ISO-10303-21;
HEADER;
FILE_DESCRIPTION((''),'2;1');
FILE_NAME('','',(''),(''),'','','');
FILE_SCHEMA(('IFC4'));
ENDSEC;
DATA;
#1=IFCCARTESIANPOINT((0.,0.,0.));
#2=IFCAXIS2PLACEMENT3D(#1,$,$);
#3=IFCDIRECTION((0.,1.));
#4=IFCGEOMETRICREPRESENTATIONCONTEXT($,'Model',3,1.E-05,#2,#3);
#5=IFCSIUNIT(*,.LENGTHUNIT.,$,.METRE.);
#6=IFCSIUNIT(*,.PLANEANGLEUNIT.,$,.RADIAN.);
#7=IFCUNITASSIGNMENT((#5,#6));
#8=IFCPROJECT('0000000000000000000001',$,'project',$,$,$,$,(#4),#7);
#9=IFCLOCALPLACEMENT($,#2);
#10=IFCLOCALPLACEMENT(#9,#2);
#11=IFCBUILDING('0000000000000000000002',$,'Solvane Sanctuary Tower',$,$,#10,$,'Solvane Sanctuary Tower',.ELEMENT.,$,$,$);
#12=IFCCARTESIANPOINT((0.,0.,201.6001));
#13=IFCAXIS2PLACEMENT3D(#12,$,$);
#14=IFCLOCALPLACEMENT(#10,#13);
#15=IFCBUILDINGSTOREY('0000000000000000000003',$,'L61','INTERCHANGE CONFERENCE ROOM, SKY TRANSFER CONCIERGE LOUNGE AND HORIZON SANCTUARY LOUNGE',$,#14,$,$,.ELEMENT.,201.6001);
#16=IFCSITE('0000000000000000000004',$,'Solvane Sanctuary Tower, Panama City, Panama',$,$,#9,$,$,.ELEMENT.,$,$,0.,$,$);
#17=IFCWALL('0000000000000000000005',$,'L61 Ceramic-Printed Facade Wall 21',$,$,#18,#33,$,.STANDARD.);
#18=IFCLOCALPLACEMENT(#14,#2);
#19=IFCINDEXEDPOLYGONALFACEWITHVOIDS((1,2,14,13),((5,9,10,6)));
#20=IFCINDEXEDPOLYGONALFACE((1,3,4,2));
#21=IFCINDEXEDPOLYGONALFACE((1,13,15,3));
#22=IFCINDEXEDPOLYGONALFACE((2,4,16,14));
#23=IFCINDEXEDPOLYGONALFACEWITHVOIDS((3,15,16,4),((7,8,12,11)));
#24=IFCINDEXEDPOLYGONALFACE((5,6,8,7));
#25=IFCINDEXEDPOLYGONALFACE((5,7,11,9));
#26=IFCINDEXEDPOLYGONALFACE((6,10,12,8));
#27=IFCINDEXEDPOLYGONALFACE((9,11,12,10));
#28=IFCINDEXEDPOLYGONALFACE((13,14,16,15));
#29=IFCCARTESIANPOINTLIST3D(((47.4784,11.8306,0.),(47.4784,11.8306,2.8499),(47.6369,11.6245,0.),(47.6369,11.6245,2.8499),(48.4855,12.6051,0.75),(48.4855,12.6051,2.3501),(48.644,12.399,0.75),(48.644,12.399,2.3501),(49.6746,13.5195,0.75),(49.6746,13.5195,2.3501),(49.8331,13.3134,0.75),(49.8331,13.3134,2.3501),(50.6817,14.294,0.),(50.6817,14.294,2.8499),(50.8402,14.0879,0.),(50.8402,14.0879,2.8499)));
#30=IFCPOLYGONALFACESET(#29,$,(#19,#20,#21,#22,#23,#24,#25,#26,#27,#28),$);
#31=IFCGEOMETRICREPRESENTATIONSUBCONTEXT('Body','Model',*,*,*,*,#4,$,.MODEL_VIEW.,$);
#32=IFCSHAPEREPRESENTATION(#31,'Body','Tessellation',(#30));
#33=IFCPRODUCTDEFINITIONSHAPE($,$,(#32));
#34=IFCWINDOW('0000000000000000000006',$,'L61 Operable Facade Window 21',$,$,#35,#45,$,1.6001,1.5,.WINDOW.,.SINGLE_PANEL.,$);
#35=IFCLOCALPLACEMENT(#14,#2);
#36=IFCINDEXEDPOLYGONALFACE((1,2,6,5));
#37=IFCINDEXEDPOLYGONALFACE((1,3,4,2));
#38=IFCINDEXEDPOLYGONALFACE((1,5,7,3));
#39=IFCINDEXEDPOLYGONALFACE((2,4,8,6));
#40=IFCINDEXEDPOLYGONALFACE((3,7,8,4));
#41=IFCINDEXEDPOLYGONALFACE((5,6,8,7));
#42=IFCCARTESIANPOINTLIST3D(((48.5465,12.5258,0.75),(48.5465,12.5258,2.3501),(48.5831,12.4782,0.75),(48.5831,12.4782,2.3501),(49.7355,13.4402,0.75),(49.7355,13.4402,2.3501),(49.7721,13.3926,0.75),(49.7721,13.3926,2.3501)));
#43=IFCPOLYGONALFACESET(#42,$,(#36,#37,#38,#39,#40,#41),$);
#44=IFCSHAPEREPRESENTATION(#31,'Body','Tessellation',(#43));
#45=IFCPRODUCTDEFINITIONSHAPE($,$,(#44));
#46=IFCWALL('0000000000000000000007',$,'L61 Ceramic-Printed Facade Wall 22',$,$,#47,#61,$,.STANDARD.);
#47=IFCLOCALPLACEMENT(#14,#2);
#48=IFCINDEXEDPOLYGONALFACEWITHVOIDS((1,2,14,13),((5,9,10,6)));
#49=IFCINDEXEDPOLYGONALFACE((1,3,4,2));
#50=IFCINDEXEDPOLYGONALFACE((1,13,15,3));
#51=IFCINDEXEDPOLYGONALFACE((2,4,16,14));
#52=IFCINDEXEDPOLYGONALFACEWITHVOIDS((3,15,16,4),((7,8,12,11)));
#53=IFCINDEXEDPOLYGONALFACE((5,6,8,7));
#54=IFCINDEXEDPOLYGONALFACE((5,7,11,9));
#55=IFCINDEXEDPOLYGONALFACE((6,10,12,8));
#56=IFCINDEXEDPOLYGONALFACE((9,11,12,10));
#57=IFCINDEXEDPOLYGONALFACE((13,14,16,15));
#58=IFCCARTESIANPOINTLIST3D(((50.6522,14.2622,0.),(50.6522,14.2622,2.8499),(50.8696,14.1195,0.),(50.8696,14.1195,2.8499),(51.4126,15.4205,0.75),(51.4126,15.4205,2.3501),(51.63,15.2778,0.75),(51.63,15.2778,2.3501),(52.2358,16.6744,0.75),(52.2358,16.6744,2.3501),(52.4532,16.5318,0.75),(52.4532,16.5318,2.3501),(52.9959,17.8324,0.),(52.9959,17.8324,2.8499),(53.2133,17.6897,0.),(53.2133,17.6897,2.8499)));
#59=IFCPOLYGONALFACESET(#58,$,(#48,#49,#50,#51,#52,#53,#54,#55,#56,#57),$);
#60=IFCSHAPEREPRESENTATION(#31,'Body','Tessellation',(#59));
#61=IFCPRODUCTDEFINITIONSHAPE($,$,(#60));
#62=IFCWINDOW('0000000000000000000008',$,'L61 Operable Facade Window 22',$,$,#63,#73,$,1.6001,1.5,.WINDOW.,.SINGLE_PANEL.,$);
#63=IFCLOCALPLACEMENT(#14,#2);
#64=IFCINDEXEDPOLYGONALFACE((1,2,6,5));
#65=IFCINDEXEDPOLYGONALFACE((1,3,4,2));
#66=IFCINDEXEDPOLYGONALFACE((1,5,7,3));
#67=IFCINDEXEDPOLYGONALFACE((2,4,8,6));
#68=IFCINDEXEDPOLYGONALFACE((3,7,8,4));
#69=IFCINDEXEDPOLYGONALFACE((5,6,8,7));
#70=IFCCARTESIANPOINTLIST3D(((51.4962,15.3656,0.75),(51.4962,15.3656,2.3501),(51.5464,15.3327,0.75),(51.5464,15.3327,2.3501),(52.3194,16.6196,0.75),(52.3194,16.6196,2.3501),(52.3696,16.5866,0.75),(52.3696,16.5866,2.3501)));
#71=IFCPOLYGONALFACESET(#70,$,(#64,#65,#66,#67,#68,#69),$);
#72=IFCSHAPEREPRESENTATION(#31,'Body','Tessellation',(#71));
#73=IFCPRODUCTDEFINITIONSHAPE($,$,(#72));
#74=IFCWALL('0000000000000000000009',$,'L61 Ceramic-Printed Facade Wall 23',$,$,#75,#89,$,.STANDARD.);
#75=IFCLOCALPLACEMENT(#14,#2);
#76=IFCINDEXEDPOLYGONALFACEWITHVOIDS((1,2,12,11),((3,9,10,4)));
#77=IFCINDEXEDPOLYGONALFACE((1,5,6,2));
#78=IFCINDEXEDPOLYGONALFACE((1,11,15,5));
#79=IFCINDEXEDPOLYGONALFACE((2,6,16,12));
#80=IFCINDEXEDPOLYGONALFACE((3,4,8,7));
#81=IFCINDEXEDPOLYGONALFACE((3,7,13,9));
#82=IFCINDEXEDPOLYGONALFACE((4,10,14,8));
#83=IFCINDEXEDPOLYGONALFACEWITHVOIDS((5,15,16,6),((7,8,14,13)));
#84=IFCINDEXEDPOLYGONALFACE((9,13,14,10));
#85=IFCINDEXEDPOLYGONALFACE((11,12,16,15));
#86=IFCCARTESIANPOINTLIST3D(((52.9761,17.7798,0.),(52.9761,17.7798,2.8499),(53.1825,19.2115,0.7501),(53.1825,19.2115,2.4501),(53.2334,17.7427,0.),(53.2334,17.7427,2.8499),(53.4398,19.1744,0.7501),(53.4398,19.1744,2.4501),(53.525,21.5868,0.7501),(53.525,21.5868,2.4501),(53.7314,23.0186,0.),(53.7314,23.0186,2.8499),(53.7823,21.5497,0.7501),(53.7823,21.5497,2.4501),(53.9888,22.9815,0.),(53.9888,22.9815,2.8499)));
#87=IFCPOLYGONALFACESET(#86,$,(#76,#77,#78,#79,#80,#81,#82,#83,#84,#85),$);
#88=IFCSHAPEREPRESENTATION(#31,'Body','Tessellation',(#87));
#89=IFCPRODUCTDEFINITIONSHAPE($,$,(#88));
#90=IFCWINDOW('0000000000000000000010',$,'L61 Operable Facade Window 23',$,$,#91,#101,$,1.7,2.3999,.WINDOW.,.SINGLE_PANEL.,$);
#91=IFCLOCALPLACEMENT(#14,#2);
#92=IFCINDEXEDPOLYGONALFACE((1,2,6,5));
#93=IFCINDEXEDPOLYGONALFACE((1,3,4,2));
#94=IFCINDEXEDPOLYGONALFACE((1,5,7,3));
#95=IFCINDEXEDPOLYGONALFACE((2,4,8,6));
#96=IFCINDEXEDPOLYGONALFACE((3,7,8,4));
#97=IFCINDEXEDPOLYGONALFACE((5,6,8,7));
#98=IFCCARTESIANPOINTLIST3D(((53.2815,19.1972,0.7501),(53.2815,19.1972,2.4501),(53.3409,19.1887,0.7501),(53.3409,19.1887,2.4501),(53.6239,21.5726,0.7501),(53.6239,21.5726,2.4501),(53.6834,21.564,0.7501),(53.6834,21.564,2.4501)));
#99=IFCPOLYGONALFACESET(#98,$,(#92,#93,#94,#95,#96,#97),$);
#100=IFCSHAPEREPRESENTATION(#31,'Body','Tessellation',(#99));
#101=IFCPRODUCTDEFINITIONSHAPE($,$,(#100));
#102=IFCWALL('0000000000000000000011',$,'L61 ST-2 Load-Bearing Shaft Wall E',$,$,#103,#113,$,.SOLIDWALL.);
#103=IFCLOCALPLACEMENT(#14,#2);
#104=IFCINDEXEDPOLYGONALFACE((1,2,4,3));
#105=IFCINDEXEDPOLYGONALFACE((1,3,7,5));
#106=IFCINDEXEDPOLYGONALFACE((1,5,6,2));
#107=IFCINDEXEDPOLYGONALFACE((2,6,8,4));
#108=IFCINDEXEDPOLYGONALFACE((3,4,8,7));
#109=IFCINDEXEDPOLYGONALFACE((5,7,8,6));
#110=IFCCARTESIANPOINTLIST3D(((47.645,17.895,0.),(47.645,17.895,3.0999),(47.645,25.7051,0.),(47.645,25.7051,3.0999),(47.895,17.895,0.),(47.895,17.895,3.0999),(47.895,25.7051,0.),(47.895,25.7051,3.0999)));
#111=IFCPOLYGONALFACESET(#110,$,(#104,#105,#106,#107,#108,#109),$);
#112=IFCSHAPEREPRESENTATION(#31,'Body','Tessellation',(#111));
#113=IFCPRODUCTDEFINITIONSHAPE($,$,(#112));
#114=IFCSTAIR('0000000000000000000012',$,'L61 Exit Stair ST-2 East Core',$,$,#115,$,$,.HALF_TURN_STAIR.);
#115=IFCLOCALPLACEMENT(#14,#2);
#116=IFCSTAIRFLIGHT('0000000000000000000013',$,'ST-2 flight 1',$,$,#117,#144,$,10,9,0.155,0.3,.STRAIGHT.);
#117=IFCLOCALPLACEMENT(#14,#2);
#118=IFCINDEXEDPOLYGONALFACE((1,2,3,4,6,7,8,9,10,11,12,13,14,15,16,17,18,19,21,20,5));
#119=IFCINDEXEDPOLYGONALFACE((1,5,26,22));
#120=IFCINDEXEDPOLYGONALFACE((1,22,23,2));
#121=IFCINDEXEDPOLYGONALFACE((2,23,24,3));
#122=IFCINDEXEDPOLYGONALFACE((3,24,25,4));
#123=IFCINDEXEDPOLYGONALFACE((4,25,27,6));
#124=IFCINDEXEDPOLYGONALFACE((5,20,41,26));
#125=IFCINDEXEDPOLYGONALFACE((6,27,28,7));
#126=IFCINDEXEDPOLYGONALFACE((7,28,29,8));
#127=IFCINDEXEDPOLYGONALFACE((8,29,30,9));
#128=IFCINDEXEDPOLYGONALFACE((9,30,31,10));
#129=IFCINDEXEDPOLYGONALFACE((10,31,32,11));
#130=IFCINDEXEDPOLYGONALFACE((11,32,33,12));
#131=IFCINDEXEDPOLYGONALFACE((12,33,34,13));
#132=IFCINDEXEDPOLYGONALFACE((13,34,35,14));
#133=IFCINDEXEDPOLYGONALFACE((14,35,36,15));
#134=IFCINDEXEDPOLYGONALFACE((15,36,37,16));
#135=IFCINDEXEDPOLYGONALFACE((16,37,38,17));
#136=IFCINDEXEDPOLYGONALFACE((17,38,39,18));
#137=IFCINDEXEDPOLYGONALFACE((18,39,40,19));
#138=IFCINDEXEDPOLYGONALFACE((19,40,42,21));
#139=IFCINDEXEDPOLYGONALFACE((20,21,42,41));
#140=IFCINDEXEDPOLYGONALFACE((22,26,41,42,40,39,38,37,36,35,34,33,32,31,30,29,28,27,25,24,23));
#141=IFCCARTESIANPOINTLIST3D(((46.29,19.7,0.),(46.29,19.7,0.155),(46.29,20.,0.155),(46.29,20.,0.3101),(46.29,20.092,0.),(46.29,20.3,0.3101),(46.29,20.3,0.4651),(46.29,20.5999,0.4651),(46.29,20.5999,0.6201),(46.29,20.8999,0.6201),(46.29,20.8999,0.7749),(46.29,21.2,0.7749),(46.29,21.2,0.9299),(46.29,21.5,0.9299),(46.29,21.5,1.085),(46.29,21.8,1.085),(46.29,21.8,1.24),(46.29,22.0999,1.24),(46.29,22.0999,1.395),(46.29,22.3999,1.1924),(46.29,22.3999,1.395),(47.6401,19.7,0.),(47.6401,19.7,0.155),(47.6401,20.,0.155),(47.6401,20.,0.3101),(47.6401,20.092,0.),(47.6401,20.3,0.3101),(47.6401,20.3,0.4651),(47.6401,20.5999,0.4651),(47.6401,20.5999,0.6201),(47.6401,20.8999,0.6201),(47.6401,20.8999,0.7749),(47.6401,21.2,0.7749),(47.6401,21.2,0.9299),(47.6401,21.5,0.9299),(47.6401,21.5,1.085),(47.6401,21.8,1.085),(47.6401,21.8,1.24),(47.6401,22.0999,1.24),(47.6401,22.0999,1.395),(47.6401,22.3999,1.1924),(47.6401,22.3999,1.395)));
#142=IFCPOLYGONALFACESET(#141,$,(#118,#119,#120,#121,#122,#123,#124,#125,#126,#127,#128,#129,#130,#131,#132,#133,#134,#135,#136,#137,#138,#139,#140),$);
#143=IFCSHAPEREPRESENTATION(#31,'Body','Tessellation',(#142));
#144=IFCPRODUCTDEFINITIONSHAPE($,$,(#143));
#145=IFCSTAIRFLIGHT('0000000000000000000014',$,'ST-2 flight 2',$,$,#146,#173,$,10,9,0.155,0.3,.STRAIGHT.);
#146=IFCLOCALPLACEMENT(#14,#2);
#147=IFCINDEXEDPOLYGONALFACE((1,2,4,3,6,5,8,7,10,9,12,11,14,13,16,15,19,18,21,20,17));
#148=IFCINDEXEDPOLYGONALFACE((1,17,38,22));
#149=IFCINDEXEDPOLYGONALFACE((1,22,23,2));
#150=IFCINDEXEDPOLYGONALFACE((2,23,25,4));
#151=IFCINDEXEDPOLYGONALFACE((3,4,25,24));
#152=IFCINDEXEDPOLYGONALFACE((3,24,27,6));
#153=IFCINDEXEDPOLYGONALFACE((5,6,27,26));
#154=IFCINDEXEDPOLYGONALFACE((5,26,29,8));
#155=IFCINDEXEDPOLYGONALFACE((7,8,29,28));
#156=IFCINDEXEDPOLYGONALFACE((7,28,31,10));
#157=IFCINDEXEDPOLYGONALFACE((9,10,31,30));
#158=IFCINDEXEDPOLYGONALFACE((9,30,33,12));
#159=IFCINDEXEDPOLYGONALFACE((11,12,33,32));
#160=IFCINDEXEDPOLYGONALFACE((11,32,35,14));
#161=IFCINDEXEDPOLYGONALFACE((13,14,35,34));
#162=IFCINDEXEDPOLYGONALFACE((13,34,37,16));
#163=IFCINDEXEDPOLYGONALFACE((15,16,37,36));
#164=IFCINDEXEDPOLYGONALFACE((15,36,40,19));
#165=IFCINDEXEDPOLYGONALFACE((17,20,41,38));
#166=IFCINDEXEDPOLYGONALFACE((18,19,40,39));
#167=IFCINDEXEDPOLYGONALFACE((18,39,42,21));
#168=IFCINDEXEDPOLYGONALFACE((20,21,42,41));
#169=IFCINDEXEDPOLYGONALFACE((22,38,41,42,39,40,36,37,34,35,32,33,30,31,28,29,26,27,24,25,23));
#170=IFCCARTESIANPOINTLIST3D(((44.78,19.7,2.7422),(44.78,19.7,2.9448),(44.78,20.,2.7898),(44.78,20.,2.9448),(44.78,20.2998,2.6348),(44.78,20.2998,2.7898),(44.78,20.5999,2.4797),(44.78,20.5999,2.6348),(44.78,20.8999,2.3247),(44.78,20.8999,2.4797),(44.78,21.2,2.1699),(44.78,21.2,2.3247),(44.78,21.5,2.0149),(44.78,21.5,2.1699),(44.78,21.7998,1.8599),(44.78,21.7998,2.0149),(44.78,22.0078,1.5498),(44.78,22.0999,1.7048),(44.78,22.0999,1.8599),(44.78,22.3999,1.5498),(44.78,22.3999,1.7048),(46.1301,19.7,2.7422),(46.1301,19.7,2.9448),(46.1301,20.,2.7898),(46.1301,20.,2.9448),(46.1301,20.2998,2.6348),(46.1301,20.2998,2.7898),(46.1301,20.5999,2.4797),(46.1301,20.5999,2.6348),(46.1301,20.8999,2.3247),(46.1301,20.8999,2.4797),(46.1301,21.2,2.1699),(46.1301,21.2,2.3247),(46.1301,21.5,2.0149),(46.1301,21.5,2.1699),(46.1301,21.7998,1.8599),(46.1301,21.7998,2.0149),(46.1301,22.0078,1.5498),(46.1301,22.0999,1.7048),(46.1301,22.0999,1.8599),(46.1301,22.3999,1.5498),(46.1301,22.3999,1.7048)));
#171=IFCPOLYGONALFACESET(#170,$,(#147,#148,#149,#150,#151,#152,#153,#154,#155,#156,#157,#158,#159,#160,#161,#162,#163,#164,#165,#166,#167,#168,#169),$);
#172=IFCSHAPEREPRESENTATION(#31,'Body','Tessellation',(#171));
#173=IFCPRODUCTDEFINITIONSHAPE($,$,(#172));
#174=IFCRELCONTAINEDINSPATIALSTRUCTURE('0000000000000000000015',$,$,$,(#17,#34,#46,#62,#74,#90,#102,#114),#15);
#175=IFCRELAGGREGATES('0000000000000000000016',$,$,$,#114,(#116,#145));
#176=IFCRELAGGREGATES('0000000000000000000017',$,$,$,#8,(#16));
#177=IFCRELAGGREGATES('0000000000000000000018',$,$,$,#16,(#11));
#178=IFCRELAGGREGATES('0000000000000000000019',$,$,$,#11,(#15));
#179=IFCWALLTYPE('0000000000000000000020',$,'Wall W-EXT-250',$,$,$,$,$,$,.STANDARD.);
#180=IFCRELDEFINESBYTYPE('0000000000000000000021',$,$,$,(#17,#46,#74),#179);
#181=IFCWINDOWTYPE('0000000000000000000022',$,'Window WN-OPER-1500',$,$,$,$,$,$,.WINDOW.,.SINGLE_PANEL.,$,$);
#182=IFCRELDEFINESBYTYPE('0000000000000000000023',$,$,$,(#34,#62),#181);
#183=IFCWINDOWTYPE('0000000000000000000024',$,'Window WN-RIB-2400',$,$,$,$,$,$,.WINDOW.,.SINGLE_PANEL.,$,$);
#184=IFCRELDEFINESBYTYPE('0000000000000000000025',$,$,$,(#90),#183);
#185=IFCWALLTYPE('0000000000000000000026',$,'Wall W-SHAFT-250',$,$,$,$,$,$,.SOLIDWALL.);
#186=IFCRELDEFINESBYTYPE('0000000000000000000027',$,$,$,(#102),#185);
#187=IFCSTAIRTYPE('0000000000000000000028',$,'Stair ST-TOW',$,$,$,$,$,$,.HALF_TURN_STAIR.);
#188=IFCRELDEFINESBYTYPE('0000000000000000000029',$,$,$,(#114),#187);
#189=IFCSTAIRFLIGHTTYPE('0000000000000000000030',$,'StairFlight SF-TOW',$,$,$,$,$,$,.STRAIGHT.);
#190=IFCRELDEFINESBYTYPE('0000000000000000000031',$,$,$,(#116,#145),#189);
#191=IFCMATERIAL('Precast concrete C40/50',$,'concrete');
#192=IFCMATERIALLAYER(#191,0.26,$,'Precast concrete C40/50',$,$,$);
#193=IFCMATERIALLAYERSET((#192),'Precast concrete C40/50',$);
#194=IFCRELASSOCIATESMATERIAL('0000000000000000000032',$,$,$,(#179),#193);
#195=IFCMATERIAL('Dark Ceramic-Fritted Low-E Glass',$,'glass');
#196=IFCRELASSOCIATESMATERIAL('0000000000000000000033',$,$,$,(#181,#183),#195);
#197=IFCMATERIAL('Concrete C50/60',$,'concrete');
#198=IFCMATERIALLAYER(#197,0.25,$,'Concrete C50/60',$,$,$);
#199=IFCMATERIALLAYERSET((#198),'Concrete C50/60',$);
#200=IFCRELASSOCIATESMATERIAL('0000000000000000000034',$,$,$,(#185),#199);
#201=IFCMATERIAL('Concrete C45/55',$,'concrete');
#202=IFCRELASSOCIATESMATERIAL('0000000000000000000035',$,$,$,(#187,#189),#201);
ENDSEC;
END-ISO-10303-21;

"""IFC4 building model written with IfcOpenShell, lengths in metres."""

from ifc_helpers import new_model, si_unit, direction, frame, frame_2d, origin, place, context, subcontext, project, spatial, polyline, rectangle, outline, extrude, material, layer, layer_set, type_object, element, fill, aggregate, save


model = new_model("IFC4")

# Units and contexts
model_context = context("Model", 3, precision=1e-05, world=origin(), true_north=direction((0.0, 1.0)))
body_context = subcontext(model_context, "Body", "Model", "MODEL_VIEW")
ifc_project = project(units=[si_unit("LENGTHUNIT", "METRE"), si_unit("PLANEANGLEUNIT", "RADIAN")], contexts=[model_context])

# Site, building, storey
site_placement = place(None, origin())
site = spatial("IfcSite", under=ifc_project, at=site_placement, Name="Solvane Sanctuary Tower, Panama City, Panama", CompositionType="ELEMENT", RefElevation=0.0)
building_placement = place(site_placement, origin())
building = spatial("IfcBuilding", under=site, at=building_placement, Name="Solvane Sanctuary Tower", LongName="Solvane Sanctuary Tower", CompositionType="ELEMENT")
storey_placement = place(building_placement, frame((0.0, 0.0, 201.6001)))
storey = spatial("IfcBuildingStorey", under=building, at=storey_placement, Name="L61", Description="INTERCHANGE CONFERENCE ROOM, SKY TRANSFER CONCIERGE LOUNGE AND HORIZON SANCTUARY LOUNGE", CompositionType="ELEMENT", Elevation=201.6001)

# Shared definitions
ifc_material_1 = material(Name="Concrete C50/60", Category="concrete")

# Walls, openings, windows
ifc_material_2 = material(Name="Precast concrete C40/50", Category="concrete")
ifc_layer_1 = layer(ifc_material_2, 0.26, Name="Precast concrete C40/50")
ifc_layer_set_1 = layer_set([ifc_layer_1], Name="Precast concrete C40/50")
wall_type_1 = type_object("IfcWallType", Name="Wall W-EXT-250", PredefinedType="STANDARD", material=ifc_layer_set_1)
ifc_material_3 = material(Name="Dark Ceramic-Fritted Low-E Glass", Category="glass")
window_type_1 = type_object("IfcWindowType", Name="Window WN-OPER-1500", PartitioningType="SINGLE_PANEL", PredefinedType="WINDOW", material=ifc_material_3)
wall_1_placement = place(storey_placement, frame((47.5576, 11.7275, 0.0), z_axis=(0.0, 0.0, 1.0), x_axis=(0.792714, 0.609594, 0.0)))
wall_1 = element("IfcWall", 1, at=wall_1_placement, inside=storey, type_object=wall_type_1, Name="L61 Ceramic-Printed Facade Wall 21", PredefinedType="STANDARD", context=body_context, shape_type="SweptSolid", body=[
    extrude(rectangle(XDim=4.041, YDim=0.26, at=frame_2d((2.0205, 0.0))), origin(), (0.0, 0.0, 1.0), 2.8499),
])
opening_1_placement = place(wall_1_placement, frame((1.2705, 0.0, 0.75)))
opening_1 = element("IfcOpeningElement", 2, at=opening_1_placement, cuts=wall_1, PredefinedType="OPENING", context=body_context, shape_type="SweptSolid", body=[
    extrude(rectangle(XDim=1.5, YDim=1.6001, at=frame_2d((0.75, 0.8))), frame((0.0, 0.1399, 0.0), z_axis=(0.0, -1.0, 0.0), x_axis=(1.0, 0.0, 0.0)), (0.0, 0.0, 1.0), 0.28),
])
window_1_placement = place(opening_1_placement, origin())
window_1 = element("IfcWindow", 3, at=window_1_placement, inside=storey, type_object=window_type_1, Name="L61 Operable Facade Window 21", OverallHeight=1.6001, OverallWidth=1.5, PartitioningType="SINGLE_PANEL", PredefinedType="WINDOW", context=body_context, shape_type="SweptSolid", body=[
    extrude(rectangle(XDim=1.5, YDim=1.6001, at=frame_2d((0.75, 0.8))), frame((0.0, 0.03, 0.0), z_axis=(0.0, -1.0, 0.0), x_axis=(1.0, 0.0, 0.0)), (0.0, 0.0, 1.0), 0.0601),
])
fill(opening_1, window_1)
wall_2_placement = place(storey_placement, frame((50.761, 14.1909, 0.0), z_axis=(0.0, 0.0, 1.0), x_axis=(0.548776, 0.835969, 0.0)))
wall_2 = element("IfcWall", 4, at=wall_2_placement, inside=storey, type_object=wall_type_1, Name="L61 Ceramic-Printed Facade Wall 22", PredefinedType="STANDARD", context=body_context, shape_type="SweptSolid", body=[
    extrude(rectangle(XDim=4.2708, YDim=0.26, at=frame_2d((2.1353, 0.0))), origin(), (0.0, 0.0, 1.0), 2.8499),
])
opening_2_placement = place(wall_2_placement, frame((1.3855, 0.0, 0.75)))
opening_2 = element("IfcOpeningElement", 5, at=opening_2_placement, cuts=wall_2, PredefinedType="OPENING", context=body_context, shape_type="SweptSolid", body=[
    extrude(rectangle(XDim=1.5, YDim=1.6001, at=frame_2d((0.75, 0.8))), frame((0.0, 0.1399, 0.0), z_axis=(0.0, -1.0, 0.0), x_axis=(1.0, 0.0, 0.0)), (0.0, 0.0, 1.0), 0.28),
])
window_2_placement = place(opening_2_placement, origin())
window_2 = element("IfcWindow", 6, at=window_2_placement, inside=storey, type_object=window_type_1, Name="L61 Operable Facade Window 22", OverallHeight=1.6001, OverallWidth=1.5, PartitioningType="SINGLE_PANEL", PredefinedType="WINDOW", context=body_context, shape_type="SweptSolid", body=[
    extrude(rectangle(XDim=1.5, YDim=1.6001, at=frame_2d((0.75, 0.8))), frame((0.0, 0.03, 0.0), z_axis=(0.0, -1.0, 0.0), x_axis=(1.0, 0.0, 0.0)), (0.0, 0.0, 1.0), 0.0601),
])
fill(opening_2, window_2)
wall_3_placement = place(storey_placement, frame((53.1047, 17.7612, 0.0), z_axis=(0.0, 0.0, 1.0), x_axis=(0.142713, 0.989764, 0.0)))
wall_3 = element("IfcWall", 7, at=wall_3_placement, inside=storey, type_object=wall_type_1, Name="L61 Ceramic-Printed Facade Wall 23", PredefinedType="STANDARD", context=body_context, shape_type="SweptSolid", body=[
    extrude(rectangle(XDim=5.293, YDim=0.26, at=frame_2d((2.6465, 0.0))), origin(), (0.0, 0.0, 1.0), 2.8499),
])
opening_3_placement = place(wall_3_placement, frame((1.4465, 0.0, 0.75)))
opening_3 = element("IfcOpeningElement", 8, at=opening_3_placement, cuts=wall_3, PredefinedType="OPENING", context=body_context, shape_type="SweptSolid", body=[
    extrude(rectangle(XDim=2.3999, YDim=1.7, at=frame_2d((1.2, 0.8501))), frame((0.0, 0.1399, 0.0), z_axis=(0.0, -1.0, 0.0), x_axis=(1.0, 0.0, 0.0)), (0.0, 0.0, 1.0), 0.28),
])
window_type_2 = type_object("IfcWindowType", Name="Window WN-RIB-2400", PartitioningType="SINGLE_PANEL", PredefinedType="WINDOW", material=ifc_material_3)
window_3_placement = place(opening_3_placement, origin())
window_3 = element("IfcWindow", 9, at=window_3_placement, inside=storey, type_object=window_type_2, Name="L61 Operable Facade Window 23", OverallHeight=1.7, OverallWidth=2.3999, PartitioningType="SINGLE_PANEL", PredefinedType="WINDOW", context=body_context, shape_type="SweptSolid", body=[
    extrude(rectangle(XDim=2.3999, YDim=1.7, at=frame_2d((1.2, 0.8501))), frame((0.0, 0.03, 0.0), z_axis=(0.0, -1.0, 0.0), x_axis=(1.0, 0.0, 0.0)), (0.0, 0.0, 1.0), 0.0601),
])
fill(opening_3, window_3)

# Wall
ifc_layer_2 = layer(ifc_material_1, 0.25, Name="Concrete C50/60")
ifc_layer_set_2 = layer_set([ifc_layer_2], Name="Concrete C50/60")
wall_type_2 = type_object("IfcWallType", Name="Wall W-SHAFT-250", PredefinedType="SOLIDWALL", material=ifc_layer_set_2)
wall_4_placement = place(storey_placement, frame((47.77, 17.895, 0.0), z_axis=(0.0, 0.0, 1.0), x_axis=(0.0, 1.0, 0.0)))
element("IfcWall", 10, at=wall_4_placement, inside=storey, type_object=wall_type_2, Name="L61 ST-2 Load-Bearing Shaft Wall E", PredefinedType="SOLIDWALL", context=body_context, shape_type="SweptSolid", body=[
    extrude(rectangle(XDim=7.8101, YDim=0.25, at=frame_2d((3.905, 0.0))), origin(), (0.0, 0.0, 1.0), 3.0999),
])

# Stair, stair flights
ifc_material_4 = material(Name="Concrete C45/55", Category="concrete")
stair_type = type_object("IfcStairType", Name="Stair ST-TOW", PredefinedType="HALF_TURN_STAIR", material=ifc_material_4)
stair_placement = place(storey_placement, origin())
stair = element("IfcStair", 11, at=stair_placement, inside=storey, type_object=stair_type, Name="L61 Exit Stair ST-2 East Core", PredefinedType="HALF_TURN_STAIR")
stair_flight_type = type_object("IfcStairFlightType", Name="StairFlight SF-TOW", PredefinedType="STRAIGHT", material=ifc_material_4)
stair_flight_1_placement = place(storey_placement, frame((46.9651, 19.7, 0.0), z_axis=(0.0, 0.0, 1.0), x_axis=(0.0, 1.0, 0.0)))
stair_flight_1 = element("IfcStairFlight", 12, at=stair_flight_1_placement, type_object=stair_flight_type, Name="ST-2 flight 1", NumberOfRisers=10, NumberOfTreads=9, PredefinedType="STRAIGHT", RiserHeight=0.155, TreadLength=0.3, context=body_context, shape_type="SweptSolid", body=[
    extrude(outline(polyline([(0.0, 0.0), (0.0, 0.155), (0.3, 0.155), (0.3, 0.3101), (0.6001, 0.3101), (0.6001, 0.4651), (0.8999, 0.4651), (0.8999, 0.6201), (1.2, 0.6201), (1.2, 0.7749), (1.5, 0.7749), (1.5, 0.9299), (1.8, 0.9299), (1.8, 1.085), (2.1001, 1.085), (2.1001, 1.24), (2.3999, 1.24), (2.3999, 1.395), (2.7, 1.395), (2.7, 1.55), (2.7, 1.1924), (0.3921, 0.0), (0.0, 0.0)])), frame((0.0, 0.675, 0.0), z_axis=(0.0, -1.0, 0.0), x_axis=(1.0, 0.0, 0.0)), (0.0, 0.0, 1.0), 1.3501),
])
stair_flight_2_placement = place(storey_placement, frame((45.4551, 22.3999, 1.5498), z_axis=(0.0, 0.0, 1.0), x_axis=(0.0, -1.0, 0.0)))
stair_flight_2 = element("IfcStairFlight", 13, at=stair_flight_2_placement, type_object=stair_flight_type, Name="ST-2 flight 2", NumberOfRisers=10, NumberOfTreads=9, PredefinedType="STRAIGHT", RiserHeight=0.155, TreadLength=0.3, context=body_context, shape_type="SweptSolid", body=[
    extrude(outline(polyline([(0.0, 0.0), (0.0, 0.155), (0.3, 0.155), (0.3, 0.3101), (0.6001, 0.3101), (0.6001, 0.4651), (0.8999, 0.4651), (0.8999, 0.6201), (1.2, 0.6201), (1.2, 0.7749), (1.5, 0.7749), (1.5, 0.9299), (1.8, 0.9299), (1.8, 1.085), (2.1001, 1.085), (2.1001, 1.24), (2.3999, 1.24), (2.3999, 1.395), (2.7, 1.395), (2.7, 1.55), (2.7, 1.1924), (0.3921, 0.0), (0.0, 0.0)])), frame((0.0, 0.675, 0.0), z_axis=(0.0, -1.0, 0.0), x_axis=(1.0, 0.0, 0.0)), (0.0, 0.0, 1.0), 1.3501),
])
aggregate(stair, [stair_flight_1, stair_flight_2])

save(model, "model.ifc")
